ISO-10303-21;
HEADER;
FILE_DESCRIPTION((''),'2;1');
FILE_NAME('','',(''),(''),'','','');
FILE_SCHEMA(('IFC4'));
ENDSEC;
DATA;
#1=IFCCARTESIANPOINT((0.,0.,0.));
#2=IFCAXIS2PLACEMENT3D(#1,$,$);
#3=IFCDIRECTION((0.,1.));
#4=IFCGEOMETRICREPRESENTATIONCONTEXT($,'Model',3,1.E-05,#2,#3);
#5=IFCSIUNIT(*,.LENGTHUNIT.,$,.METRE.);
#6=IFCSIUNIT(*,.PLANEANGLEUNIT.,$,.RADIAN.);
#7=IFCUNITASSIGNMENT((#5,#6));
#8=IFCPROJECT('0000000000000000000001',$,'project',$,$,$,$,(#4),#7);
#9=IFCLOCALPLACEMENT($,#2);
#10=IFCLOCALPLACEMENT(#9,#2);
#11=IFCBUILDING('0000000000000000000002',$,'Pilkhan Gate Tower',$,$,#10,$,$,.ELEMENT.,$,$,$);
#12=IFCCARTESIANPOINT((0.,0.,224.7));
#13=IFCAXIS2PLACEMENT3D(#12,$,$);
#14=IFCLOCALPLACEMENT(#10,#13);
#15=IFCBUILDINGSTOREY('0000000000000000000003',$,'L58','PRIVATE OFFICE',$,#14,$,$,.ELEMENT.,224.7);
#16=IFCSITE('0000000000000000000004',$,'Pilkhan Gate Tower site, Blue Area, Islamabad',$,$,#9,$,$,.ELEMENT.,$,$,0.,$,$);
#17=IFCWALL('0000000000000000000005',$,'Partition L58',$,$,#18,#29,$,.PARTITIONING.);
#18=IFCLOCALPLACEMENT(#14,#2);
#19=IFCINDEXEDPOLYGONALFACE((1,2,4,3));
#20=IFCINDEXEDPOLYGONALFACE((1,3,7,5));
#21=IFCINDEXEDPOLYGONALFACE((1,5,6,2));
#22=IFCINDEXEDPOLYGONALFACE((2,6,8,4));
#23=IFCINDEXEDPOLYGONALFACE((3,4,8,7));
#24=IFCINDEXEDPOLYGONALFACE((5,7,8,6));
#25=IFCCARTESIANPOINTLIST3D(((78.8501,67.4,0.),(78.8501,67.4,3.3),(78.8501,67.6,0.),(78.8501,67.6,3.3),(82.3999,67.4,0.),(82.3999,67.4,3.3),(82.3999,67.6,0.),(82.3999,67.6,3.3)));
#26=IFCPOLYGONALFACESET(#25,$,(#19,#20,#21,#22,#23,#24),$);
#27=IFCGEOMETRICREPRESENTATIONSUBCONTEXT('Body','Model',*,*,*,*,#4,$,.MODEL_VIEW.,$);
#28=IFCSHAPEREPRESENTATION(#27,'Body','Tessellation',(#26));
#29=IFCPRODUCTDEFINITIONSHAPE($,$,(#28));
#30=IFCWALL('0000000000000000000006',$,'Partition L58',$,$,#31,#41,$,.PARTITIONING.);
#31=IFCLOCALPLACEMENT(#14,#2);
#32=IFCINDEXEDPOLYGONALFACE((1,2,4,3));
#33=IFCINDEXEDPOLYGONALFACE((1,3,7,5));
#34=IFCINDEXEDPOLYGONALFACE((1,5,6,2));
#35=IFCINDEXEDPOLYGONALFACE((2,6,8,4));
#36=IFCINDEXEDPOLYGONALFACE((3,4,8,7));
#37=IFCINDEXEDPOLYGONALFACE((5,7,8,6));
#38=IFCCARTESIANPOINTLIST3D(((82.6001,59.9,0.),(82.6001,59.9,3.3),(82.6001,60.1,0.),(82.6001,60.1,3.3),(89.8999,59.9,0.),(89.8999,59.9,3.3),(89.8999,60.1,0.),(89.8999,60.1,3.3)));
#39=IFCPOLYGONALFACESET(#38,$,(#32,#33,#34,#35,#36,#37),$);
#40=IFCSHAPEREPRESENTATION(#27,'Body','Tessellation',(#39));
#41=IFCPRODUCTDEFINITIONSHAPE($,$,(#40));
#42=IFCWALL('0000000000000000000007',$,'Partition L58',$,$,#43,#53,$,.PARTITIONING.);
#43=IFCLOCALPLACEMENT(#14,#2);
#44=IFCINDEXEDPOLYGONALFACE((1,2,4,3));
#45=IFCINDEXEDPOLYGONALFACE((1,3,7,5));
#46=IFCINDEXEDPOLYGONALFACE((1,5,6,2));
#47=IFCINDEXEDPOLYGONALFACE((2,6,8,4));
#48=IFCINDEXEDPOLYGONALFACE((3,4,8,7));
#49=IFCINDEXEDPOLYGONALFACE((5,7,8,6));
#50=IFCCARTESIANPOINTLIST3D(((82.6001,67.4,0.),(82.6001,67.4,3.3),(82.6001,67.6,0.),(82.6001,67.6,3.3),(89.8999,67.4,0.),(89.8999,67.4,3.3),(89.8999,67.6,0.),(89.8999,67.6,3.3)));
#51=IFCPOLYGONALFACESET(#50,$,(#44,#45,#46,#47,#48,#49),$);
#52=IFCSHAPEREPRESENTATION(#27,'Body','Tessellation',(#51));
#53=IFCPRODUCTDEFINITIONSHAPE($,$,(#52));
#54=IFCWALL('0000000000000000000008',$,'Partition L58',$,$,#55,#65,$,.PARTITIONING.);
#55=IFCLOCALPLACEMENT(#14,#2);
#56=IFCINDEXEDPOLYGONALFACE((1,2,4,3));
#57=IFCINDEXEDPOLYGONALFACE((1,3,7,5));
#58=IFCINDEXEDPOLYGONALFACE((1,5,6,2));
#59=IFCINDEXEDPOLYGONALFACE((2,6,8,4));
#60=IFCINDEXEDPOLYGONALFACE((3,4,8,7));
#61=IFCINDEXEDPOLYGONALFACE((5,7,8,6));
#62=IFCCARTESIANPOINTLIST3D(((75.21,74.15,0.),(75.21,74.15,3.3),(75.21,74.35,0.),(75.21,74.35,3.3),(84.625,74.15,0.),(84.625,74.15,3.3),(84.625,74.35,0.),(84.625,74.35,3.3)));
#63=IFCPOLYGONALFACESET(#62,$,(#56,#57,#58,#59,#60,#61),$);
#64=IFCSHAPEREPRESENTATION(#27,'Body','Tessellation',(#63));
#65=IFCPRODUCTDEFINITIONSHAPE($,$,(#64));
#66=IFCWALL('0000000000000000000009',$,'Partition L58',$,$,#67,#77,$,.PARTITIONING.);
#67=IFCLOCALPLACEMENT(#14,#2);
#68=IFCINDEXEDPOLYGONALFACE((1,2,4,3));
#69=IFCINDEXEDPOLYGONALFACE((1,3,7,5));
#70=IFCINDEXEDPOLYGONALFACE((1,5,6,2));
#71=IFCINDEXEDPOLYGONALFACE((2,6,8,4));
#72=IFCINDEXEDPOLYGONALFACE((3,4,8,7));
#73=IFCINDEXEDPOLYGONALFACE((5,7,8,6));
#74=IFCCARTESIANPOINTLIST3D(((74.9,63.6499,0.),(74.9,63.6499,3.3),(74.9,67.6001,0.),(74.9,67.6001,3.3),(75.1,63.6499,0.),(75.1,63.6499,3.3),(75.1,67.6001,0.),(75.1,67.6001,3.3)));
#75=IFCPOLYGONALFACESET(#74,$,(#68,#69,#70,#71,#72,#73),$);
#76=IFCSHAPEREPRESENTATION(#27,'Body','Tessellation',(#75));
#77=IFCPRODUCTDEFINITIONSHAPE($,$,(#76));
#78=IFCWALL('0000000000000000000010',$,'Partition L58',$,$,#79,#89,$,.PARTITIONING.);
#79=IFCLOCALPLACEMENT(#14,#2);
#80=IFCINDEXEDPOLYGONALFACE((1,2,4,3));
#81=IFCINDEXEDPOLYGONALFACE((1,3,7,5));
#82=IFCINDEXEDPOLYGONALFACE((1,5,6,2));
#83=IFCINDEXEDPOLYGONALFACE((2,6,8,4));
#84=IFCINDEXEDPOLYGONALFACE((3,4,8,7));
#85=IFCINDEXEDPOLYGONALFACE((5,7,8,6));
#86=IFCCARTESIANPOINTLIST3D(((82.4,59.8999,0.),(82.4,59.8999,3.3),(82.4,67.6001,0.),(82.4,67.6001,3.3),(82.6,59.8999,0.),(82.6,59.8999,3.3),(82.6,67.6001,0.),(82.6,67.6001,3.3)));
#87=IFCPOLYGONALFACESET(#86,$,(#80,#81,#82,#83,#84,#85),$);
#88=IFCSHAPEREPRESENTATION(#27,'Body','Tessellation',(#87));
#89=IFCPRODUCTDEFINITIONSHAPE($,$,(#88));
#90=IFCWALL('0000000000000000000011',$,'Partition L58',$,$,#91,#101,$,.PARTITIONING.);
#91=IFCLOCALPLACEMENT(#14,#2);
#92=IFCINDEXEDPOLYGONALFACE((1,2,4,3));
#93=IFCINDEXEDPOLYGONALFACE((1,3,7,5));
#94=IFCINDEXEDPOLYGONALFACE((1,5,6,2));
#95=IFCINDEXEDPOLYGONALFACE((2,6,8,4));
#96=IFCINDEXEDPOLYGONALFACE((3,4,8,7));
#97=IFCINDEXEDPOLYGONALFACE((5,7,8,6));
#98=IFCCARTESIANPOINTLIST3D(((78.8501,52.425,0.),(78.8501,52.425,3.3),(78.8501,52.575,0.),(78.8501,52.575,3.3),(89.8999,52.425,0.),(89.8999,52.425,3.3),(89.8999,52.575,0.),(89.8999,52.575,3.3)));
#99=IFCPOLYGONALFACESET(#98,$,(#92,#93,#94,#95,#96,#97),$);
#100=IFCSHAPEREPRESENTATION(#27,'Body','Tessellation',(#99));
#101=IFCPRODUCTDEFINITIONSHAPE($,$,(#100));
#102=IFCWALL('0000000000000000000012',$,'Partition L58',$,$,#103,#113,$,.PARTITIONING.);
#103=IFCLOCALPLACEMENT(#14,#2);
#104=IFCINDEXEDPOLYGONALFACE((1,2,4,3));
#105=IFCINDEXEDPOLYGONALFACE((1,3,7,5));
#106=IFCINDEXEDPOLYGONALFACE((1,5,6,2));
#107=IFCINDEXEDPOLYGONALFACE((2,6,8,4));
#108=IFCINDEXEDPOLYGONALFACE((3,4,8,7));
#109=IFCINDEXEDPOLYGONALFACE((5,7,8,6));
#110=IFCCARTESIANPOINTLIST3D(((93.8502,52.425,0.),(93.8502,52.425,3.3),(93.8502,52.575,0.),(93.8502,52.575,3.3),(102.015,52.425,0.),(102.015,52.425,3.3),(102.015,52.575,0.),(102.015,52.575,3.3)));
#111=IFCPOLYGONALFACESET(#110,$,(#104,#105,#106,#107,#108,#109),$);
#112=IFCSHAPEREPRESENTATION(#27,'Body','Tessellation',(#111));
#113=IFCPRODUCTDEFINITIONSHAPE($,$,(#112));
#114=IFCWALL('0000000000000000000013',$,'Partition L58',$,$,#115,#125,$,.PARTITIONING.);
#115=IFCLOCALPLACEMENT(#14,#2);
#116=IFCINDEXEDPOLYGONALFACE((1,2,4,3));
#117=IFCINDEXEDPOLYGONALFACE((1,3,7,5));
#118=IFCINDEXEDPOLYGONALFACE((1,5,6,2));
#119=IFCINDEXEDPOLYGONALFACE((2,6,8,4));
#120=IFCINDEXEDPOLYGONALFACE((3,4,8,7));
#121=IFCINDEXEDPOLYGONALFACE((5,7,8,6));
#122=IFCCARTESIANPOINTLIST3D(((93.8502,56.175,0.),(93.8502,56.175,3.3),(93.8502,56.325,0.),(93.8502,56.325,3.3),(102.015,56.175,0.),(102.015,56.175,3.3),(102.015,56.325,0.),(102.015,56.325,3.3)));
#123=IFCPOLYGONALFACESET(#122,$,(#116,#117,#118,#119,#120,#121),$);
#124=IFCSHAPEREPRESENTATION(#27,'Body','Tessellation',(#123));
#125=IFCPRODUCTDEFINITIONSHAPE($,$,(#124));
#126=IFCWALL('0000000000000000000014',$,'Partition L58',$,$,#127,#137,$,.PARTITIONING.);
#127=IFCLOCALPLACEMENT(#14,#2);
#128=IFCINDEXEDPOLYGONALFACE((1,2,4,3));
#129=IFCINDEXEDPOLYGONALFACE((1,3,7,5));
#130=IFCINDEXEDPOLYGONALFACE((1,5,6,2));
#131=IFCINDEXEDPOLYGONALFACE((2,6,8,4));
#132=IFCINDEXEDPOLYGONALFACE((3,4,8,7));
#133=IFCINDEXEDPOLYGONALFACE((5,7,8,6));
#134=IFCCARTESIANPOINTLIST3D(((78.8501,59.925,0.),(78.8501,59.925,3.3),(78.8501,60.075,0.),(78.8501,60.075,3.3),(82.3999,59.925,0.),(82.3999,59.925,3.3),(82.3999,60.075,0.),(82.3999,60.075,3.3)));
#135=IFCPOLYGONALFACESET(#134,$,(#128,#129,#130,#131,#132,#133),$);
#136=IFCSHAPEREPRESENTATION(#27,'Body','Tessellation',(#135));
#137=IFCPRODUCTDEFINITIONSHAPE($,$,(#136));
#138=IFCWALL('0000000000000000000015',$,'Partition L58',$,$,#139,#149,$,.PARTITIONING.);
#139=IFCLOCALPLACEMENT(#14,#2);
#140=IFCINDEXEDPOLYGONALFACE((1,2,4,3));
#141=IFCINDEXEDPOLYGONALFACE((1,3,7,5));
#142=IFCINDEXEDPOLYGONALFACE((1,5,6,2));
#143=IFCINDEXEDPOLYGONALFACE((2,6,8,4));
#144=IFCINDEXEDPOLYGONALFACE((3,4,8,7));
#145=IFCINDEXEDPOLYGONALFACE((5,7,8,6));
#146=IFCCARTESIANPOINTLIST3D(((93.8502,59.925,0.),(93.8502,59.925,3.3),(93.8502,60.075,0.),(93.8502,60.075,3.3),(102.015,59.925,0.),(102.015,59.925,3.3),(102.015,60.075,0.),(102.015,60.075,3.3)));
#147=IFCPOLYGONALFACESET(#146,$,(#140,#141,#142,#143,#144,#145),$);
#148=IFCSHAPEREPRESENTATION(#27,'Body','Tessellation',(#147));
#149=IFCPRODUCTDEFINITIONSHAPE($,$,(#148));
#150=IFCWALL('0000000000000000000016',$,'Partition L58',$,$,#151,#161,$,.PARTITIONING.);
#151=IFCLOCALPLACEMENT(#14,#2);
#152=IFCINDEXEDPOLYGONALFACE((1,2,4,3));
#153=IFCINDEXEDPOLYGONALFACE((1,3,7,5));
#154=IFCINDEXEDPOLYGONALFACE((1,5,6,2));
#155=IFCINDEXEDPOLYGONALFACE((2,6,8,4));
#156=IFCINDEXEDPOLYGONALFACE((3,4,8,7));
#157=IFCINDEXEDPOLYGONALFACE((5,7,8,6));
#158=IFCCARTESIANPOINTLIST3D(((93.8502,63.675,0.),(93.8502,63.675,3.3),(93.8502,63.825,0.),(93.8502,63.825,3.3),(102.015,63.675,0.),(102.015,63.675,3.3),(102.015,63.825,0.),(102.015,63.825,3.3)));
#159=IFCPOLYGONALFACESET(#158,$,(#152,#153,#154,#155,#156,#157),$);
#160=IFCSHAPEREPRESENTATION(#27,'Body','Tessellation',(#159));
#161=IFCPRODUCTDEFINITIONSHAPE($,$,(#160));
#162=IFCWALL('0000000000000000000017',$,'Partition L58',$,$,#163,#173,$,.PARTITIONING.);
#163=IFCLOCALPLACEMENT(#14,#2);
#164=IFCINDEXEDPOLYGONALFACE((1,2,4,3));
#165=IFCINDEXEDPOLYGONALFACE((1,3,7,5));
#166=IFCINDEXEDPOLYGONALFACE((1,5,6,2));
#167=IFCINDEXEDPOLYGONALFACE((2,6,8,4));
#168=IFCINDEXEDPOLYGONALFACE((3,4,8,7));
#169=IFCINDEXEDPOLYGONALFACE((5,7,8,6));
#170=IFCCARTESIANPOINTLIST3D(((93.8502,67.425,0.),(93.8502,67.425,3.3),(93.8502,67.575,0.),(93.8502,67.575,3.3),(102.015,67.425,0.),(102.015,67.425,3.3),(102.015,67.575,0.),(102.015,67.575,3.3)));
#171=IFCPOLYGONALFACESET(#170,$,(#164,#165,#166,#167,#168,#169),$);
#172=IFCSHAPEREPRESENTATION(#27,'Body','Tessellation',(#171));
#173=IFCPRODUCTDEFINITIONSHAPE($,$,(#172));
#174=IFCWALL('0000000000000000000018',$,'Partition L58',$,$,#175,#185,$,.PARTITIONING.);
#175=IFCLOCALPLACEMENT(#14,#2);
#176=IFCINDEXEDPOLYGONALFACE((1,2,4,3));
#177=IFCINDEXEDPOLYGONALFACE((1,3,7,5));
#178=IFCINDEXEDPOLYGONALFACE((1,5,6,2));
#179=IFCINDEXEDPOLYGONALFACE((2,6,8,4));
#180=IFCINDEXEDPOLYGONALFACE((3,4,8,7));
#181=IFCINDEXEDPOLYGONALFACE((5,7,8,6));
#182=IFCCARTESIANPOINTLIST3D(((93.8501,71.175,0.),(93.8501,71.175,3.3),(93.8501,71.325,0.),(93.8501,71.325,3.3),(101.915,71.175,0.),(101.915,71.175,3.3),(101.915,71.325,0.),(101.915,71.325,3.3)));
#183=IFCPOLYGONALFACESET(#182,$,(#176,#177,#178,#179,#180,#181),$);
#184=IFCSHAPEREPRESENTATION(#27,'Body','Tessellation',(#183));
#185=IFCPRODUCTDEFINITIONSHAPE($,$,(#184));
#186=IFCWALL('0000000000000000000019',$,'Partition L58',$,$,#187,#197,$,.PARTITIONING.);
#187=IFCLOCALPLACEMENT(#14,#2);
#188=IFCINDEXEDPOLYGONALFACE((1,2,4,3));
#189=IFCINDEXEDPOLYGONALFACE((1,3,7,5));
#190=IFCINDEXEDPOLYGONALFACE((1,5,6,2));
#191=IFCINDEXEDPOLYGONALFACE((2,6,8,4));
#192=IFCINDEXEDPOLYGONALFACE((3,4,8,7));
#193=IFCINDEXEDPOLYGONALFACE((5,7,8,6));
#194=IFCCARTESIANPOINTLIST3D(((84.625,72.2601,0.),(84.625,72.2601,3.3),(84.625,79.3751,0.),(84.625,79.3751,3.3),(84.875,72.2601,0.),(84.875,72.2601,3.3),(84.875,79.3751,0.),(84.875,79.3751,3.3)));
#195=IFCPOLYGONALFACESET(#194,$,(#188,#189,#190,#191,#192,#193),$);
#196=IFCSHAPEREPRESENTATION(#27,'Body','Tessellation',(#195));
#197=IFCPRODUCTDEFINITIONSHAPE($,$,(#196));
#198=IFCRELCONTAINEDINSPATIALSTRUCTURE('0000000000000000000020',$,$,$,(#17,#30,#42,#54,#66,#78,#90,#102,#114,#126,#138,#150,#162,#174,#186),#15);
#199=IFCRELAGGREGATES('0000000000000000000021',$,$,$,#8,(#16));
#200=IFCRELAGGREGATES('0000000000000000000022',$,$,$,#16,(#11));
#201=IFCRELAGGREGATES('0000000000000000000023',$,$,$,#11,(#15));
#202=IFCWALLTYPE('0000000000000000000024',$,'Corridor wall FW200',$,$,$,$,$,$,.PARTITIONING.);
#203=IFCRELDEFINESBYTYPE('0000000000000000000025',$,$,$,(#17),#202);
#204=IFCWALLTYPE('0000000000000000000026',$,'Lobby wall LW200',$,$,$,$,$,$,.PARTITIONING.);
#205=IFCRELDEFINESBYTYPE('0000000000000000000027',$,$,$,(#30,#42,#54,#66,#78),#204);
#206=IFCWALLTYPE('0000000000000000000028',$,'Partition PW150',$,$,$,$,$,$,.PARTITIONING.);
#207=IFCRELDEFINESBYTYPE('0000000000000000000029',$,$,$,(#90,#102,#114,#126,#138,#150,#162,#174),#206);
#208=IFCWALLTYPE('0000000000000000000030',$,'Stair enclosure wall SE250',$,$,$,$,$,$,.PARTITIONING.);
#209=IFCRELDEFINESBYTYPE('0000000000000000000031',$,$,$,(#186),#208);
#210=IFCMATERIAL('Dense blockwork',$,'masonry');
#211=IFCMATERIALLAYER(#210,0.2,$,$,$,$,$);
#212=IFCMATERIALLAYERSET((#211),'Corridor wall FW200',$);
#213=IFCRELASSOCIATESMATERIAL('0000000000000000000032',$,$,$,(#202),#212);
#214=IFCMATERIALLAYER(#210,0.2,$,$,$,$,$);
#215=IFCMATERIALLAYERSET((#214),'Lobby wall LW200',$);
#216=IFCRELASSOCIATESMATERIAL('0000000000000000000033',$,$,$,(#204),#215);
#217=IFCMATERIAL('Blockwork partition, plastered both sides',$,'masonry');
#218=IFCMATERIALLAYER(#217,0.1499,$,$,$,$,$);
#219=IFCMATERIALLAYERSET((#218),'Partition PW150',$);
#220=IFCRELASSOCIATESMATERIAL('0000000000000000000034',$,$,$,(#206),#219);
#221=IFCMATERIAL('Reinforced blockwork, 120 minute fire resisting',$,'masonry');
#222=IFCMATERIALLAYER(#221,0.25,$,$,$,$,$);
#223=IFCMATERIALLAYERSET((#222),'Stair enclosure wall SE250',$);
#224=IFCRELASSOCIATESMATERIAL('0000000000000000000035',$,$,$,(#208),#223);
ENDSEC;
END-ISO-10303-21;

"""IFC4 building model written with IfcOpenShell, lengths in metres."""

from ifc_helpers import new_model, si_unit, direction, frame, frame_2d, origin, place, context, subcontext, project, spatial, rectangle, extrude, material, layer, layer_set, type_object, element, save


model = new_model("IFC4")

# Units and contexts
model_context = context("Model", 3, precision=1e-05, world=origin(), true_north=direction((0.0, 1.0)))
body_context = subcontext(model_context, "Body", "Model", "MODEL_VIEW")
ifc_project = project(units=[si_unit("LENGTHUNIT", "METRE"), si_unit("PLANEANGLEUNIT", "RADIAN")], contexts=[model_context])

# Site, building, storey
site_placement = place(None, origin())
site = spatial("IfcSite", under=ifc_project, at=site_placement, Name="Pilkhan Gate Tower site, Blue Area, Islamabad", CompositionType="ELEMENT", RefElevation=0.0)
building_placement = place(site_placement, origin())
building = spatial("IfcBuilding", under=site, at=building_placement, Name="Pilkhan Gate Tower", CompositionType="ELEMENT")
storey_placement = place(building_placement, frame((0.0, 0.0, 224.7)))
storey = spatial("IfcBuildingStorey", under=building, at=storey_placement, Name="L58", Description="PRIVATE OFFICE", CompositionType="ELEMENT", Elevation=224.7)

# Walls
ifc_material_1 = material(Name="Dense blockwork", Category="masonry")
ifc_layer_1 = layer(ifc_material_1, 0.2)
ifc_layer_set_1 = layer_set([ifc_layer_1], Name="Corridor wall FW200")
wall_type_1 = type_object("IfcWallType", Name="Corridor wall FW200", PredefinedType="PARTITIONING", material=ifc_layer_set_1)
wall_1_placement = place(storey_placement, frame((78.8501, 67.5, 0.0), z_axis=(0.0, 0.0, 1.0), x_axis=(1.0, 0.0, 0.0)))
element("IfcWall", 1, at=wall_1_placement, inside=storey, type_object=wall_type_1, Name="Partition L58", PredefinedType="PARTITIONING", context=body_context, shape_type="SweptSolid", body=[
    extrude(rectangle(XDim=3.5498, YDim=0.2, at=frame_2d((1.7749, 0.0))), origin(), (0.0, 0.0, 1.0), 3.3),
])
ifc_layer_2 = layer(ifc_material_1, 0.2)
ifc_layer_set_2 = layer_set([ifc_layer_2], Name="Lobby wall LW200")
wall_type_2 = type_object("IfcWallType", Name="Lobby wall LW200", PredefinedType="PARTITIONING", material=ifc_layer_set_2)
for number, where, z_axis, x_axis, name in (
    (2, (82.6001, 60.0, 0.0), (0.0, 0.0, 1.0), (1.0, 0.0, 0.0), "Partition L58"),
    (3, (82.6001, 67.5, 0.0), (0.0, 0.0, 1.0), (1.0, 0.0, 0.0), "Partition L58"),
):
    element("IfcWall", number, at=place(storey_placement, frame(where, z_axis=z_axis, x_axis=x_axis)), inside=storey, type_object=wall_type_2, Name=name, PredefinedType="PARTITIONING", context=body_context, shape_type="SweptSolid", body=[
        extrude(rectangle(XDim=7.2998, YDim=0.2, at=frame_2d((3.6499, 0.0))), origin(), (0.0, 0.0, 1.0), 3.3),
    ])
wall_2_placement = place(storey_placement, frame((75.21, 74.25, 0.0), z_axis=(0.0, 0.0, 1.0), x_axis=(1.0, 0.0, 0.0)))
element("IfcWall", 4, at=wall_2_placement, inside=storey, type_object=wall_type_2, Name="Partition L58", PredefinedType="PARTITIONING", context=body_context, shape_type="SweptSolid", body=[
    extrude(rectangle(XDim=9.415, YDim=0.2, at=frame_2d((4.7075, 0.0))), origin(), (0.0, 0.0, 1.0), 3.3),
])
wall_3_placement = place(storey_placement, frame((75.0, 63.6499, 0.0), z_axis=(0.0, 0.0, 1.0), x_axis=(0.0, 1.0, 0.0)))
element("IfcWall", 5, at=wall_3_placement, inside=storey, type_object=wall_type_2, Name="Partition L58", PredefinedType="PARTITIONING", context=body_context, shape_type="SweptSolid", body=[
    extrude(rectangle(XDim=3.9502, YDim=0.2, at=frame_2d((1.9751, 0.0))), origin(), (0.0, 0.0, 1.0), 3.3),
])
wall_4_placement = place(storey_placement, frame((82.5, 59.8999, 0.0), z_axis=(0.0, 0.0, 1.0), x_axis=(0.0, 1.0, 0.0)))
element("IfcWall", 6, at=wall_4_placement, inside=storey, type_object=wall_type_2, Name="Partition L58", PredefinedType="PARTITIONING", context=body_context, shape_type="SweptSolid", body=[
    extrude(rectangle(XDim=7.7002, YDim=0.2, at=frame_2d((3.8501, 0.0))), origin(), (0.0, 0.0, 1.0), 3.3),
])

# Walls
ifc_material_2 = material(Name="Blockwork partition, plastered both sides", Category="masonry")
ifc_layer_3 = layer(ifc_material_2, 0.1499)
ifc_layer_set_3 = layer_set([ifc_layer_3], Name="Partition PW150")
wall_type_3 = type_object("IfcWallType", Name="Partition PW150", PredefinedType="PARTITIONING", material=ifc_layer_set_3)
wall_5_placement = place(storey_placement, frame((78.8501, 52.5, 0.0), z_axis=(0.0, 0.0, 1.0), x_axis=(1.0, 0.0, 0.0)))
element("IfcWall", 7, at=wall_5_placement, inside=storey, type_object=wall_type_3, Name="Partition L58", PredefinedType="PARTITIONING", context=body_context, shape_type="SweptSolid", body=[
    extrude(rectangle(XDim=11.0498, YDim=0.1499, at=frame_2d((5.5249, 0.0))), origin(), (0.0, 0.0, 1.0), 3.3),
])
for number, where, z_axis, x_axis, name in (
    (8, (93.8501, 52.5, 0.0), (0.0, 0.0, 1.0), (1.0, 0.0, 0.0), "Partition L58"),
    (9, (93.8501, 56.25, 0.0), (0.0, 0.0, 1.0), (1.0, 0.0, 0.0), "Partition L58"),
):
    element("IfcWall", number, at=place(storey_placement, frame(where, z_axis=z_axis, x_axis=x_axis)), inside=storey, type_object=wall_type_3, Name=name, PredefinedType="PARTITIONING", context=body_context, shape_type="SweptSolid", body=[
        extrude(rectangle(XDim=8.1648, YDim=0.1499, at=frame_2d((4.0825, 0.0))), origin(), (0.0, 0.0, 1.0), 3.3),
    ])
wall_6_placement = place(storey_placement, frame((78.8501, 60.0, 0.0), z_axis=(0.0, 0.0, 1.0), x_axis=(1.0, 0.0, 0.0)))
element("IfcWall", 10, at=wall_6_placement, inside=storey, type_object=wall_type_3, Name="Partition L58", PredefinedType="PARTITIONING", context=body_context, shape_type="SweptSolid", body=[
    extrude(rectangle(XDim=3.5498, YDim=0.1499, at=frame_2d((1.7749, 0.0))), origin(), (0.0, 0.0, 1.0), 3.3),
])
for number, where, z_axis, x_axis, name in (
    (11, (93.8501, 60.0, 0.0), (0.0, 0.0, 1.0), (1.0, 0.0, 0.0), "Partition L58"),
    (12, (93.8501, 63.75, 0.0), (0.0, 0.0, 1.0), (1.0, 0.0, 0.0), "Partition L58"),
    (13, (93.8501, 67.5, 0.0), (0.0, 0.0, 1.0), (1.0, 0.0, 0.0), "Partition L58"),
):
    element("IfcWall", number, at=place(storey_placement, frame(where, z_axis=z_axis, x_axis=x_axis)), inside=storey, type_object=wall_type_3, Name=name, PredefinedType="PARTITIONING", context=body_context, shape_type="SweptSolid", body=[
        extrude(rectangle(XDim=8.1648, YDim=0.1499, at=frame_2d((4.0825, 0.0))), origin(), (0.0, 0.0, 1.0), 3.3),
    ])
wall_7_placement = place(storey_placement, frame((93.8501, 71.25, 0.0), z_axis=(0.0, 0.0, 1.0), x_axis=(1.0, 0.0, 0.0)))
element("IfcWall", 14, at=wall_7_placement, inside=storey, type_object=wall_type_3, Name="Partition L58", PredefinedType="PARTITIONING", context=body_context, shape_type="SweptSolid", body=[
    extrude(rectangle(XDim=8.0649, YDim=0.1499, at=frame_2d((4.0325, 0.0))), origin(), (0.0, 0.0, 1.0), 3.3),
])
ifc_material_3 = material(Name="Reinforced blockwork, 120 minute fire resisting", Category="masonry")
ifc_layer_4 = layer(ifc_material_3, 0.25)
ifc_layer_set_4 = layer_set([ifc_layer_4], Name="Stair enclosure wall SE250")
wall_type_4 = type_object("IfcWallType", Name="Stair enclosure wall SE250", PredefinedType="PARTITIONING", material=ifc_layer_set_4)
wall_8_placement = place(storey_placement, frame((84.75, 72.26, 0.0), z_axis=(0.0, 0.0, 1.0), x_axis=(0.0, 1.0, 0.0)))
element("IfcWall", 15, at=wall_8_placement, inside=storey, type_object=wall_type_4, Name="Partition L58", PredefinedType="PARTITIONING", context=body_context, shape_type="SweptSolid", body=[
    extrude(rectangle(XDim=7.115, YDim=0.25, at=frame_2d((3.5576, 0.0))), origin(), (0.0, 0.0, 1.0), 3.3),
])

save(model, "model.ifc")
